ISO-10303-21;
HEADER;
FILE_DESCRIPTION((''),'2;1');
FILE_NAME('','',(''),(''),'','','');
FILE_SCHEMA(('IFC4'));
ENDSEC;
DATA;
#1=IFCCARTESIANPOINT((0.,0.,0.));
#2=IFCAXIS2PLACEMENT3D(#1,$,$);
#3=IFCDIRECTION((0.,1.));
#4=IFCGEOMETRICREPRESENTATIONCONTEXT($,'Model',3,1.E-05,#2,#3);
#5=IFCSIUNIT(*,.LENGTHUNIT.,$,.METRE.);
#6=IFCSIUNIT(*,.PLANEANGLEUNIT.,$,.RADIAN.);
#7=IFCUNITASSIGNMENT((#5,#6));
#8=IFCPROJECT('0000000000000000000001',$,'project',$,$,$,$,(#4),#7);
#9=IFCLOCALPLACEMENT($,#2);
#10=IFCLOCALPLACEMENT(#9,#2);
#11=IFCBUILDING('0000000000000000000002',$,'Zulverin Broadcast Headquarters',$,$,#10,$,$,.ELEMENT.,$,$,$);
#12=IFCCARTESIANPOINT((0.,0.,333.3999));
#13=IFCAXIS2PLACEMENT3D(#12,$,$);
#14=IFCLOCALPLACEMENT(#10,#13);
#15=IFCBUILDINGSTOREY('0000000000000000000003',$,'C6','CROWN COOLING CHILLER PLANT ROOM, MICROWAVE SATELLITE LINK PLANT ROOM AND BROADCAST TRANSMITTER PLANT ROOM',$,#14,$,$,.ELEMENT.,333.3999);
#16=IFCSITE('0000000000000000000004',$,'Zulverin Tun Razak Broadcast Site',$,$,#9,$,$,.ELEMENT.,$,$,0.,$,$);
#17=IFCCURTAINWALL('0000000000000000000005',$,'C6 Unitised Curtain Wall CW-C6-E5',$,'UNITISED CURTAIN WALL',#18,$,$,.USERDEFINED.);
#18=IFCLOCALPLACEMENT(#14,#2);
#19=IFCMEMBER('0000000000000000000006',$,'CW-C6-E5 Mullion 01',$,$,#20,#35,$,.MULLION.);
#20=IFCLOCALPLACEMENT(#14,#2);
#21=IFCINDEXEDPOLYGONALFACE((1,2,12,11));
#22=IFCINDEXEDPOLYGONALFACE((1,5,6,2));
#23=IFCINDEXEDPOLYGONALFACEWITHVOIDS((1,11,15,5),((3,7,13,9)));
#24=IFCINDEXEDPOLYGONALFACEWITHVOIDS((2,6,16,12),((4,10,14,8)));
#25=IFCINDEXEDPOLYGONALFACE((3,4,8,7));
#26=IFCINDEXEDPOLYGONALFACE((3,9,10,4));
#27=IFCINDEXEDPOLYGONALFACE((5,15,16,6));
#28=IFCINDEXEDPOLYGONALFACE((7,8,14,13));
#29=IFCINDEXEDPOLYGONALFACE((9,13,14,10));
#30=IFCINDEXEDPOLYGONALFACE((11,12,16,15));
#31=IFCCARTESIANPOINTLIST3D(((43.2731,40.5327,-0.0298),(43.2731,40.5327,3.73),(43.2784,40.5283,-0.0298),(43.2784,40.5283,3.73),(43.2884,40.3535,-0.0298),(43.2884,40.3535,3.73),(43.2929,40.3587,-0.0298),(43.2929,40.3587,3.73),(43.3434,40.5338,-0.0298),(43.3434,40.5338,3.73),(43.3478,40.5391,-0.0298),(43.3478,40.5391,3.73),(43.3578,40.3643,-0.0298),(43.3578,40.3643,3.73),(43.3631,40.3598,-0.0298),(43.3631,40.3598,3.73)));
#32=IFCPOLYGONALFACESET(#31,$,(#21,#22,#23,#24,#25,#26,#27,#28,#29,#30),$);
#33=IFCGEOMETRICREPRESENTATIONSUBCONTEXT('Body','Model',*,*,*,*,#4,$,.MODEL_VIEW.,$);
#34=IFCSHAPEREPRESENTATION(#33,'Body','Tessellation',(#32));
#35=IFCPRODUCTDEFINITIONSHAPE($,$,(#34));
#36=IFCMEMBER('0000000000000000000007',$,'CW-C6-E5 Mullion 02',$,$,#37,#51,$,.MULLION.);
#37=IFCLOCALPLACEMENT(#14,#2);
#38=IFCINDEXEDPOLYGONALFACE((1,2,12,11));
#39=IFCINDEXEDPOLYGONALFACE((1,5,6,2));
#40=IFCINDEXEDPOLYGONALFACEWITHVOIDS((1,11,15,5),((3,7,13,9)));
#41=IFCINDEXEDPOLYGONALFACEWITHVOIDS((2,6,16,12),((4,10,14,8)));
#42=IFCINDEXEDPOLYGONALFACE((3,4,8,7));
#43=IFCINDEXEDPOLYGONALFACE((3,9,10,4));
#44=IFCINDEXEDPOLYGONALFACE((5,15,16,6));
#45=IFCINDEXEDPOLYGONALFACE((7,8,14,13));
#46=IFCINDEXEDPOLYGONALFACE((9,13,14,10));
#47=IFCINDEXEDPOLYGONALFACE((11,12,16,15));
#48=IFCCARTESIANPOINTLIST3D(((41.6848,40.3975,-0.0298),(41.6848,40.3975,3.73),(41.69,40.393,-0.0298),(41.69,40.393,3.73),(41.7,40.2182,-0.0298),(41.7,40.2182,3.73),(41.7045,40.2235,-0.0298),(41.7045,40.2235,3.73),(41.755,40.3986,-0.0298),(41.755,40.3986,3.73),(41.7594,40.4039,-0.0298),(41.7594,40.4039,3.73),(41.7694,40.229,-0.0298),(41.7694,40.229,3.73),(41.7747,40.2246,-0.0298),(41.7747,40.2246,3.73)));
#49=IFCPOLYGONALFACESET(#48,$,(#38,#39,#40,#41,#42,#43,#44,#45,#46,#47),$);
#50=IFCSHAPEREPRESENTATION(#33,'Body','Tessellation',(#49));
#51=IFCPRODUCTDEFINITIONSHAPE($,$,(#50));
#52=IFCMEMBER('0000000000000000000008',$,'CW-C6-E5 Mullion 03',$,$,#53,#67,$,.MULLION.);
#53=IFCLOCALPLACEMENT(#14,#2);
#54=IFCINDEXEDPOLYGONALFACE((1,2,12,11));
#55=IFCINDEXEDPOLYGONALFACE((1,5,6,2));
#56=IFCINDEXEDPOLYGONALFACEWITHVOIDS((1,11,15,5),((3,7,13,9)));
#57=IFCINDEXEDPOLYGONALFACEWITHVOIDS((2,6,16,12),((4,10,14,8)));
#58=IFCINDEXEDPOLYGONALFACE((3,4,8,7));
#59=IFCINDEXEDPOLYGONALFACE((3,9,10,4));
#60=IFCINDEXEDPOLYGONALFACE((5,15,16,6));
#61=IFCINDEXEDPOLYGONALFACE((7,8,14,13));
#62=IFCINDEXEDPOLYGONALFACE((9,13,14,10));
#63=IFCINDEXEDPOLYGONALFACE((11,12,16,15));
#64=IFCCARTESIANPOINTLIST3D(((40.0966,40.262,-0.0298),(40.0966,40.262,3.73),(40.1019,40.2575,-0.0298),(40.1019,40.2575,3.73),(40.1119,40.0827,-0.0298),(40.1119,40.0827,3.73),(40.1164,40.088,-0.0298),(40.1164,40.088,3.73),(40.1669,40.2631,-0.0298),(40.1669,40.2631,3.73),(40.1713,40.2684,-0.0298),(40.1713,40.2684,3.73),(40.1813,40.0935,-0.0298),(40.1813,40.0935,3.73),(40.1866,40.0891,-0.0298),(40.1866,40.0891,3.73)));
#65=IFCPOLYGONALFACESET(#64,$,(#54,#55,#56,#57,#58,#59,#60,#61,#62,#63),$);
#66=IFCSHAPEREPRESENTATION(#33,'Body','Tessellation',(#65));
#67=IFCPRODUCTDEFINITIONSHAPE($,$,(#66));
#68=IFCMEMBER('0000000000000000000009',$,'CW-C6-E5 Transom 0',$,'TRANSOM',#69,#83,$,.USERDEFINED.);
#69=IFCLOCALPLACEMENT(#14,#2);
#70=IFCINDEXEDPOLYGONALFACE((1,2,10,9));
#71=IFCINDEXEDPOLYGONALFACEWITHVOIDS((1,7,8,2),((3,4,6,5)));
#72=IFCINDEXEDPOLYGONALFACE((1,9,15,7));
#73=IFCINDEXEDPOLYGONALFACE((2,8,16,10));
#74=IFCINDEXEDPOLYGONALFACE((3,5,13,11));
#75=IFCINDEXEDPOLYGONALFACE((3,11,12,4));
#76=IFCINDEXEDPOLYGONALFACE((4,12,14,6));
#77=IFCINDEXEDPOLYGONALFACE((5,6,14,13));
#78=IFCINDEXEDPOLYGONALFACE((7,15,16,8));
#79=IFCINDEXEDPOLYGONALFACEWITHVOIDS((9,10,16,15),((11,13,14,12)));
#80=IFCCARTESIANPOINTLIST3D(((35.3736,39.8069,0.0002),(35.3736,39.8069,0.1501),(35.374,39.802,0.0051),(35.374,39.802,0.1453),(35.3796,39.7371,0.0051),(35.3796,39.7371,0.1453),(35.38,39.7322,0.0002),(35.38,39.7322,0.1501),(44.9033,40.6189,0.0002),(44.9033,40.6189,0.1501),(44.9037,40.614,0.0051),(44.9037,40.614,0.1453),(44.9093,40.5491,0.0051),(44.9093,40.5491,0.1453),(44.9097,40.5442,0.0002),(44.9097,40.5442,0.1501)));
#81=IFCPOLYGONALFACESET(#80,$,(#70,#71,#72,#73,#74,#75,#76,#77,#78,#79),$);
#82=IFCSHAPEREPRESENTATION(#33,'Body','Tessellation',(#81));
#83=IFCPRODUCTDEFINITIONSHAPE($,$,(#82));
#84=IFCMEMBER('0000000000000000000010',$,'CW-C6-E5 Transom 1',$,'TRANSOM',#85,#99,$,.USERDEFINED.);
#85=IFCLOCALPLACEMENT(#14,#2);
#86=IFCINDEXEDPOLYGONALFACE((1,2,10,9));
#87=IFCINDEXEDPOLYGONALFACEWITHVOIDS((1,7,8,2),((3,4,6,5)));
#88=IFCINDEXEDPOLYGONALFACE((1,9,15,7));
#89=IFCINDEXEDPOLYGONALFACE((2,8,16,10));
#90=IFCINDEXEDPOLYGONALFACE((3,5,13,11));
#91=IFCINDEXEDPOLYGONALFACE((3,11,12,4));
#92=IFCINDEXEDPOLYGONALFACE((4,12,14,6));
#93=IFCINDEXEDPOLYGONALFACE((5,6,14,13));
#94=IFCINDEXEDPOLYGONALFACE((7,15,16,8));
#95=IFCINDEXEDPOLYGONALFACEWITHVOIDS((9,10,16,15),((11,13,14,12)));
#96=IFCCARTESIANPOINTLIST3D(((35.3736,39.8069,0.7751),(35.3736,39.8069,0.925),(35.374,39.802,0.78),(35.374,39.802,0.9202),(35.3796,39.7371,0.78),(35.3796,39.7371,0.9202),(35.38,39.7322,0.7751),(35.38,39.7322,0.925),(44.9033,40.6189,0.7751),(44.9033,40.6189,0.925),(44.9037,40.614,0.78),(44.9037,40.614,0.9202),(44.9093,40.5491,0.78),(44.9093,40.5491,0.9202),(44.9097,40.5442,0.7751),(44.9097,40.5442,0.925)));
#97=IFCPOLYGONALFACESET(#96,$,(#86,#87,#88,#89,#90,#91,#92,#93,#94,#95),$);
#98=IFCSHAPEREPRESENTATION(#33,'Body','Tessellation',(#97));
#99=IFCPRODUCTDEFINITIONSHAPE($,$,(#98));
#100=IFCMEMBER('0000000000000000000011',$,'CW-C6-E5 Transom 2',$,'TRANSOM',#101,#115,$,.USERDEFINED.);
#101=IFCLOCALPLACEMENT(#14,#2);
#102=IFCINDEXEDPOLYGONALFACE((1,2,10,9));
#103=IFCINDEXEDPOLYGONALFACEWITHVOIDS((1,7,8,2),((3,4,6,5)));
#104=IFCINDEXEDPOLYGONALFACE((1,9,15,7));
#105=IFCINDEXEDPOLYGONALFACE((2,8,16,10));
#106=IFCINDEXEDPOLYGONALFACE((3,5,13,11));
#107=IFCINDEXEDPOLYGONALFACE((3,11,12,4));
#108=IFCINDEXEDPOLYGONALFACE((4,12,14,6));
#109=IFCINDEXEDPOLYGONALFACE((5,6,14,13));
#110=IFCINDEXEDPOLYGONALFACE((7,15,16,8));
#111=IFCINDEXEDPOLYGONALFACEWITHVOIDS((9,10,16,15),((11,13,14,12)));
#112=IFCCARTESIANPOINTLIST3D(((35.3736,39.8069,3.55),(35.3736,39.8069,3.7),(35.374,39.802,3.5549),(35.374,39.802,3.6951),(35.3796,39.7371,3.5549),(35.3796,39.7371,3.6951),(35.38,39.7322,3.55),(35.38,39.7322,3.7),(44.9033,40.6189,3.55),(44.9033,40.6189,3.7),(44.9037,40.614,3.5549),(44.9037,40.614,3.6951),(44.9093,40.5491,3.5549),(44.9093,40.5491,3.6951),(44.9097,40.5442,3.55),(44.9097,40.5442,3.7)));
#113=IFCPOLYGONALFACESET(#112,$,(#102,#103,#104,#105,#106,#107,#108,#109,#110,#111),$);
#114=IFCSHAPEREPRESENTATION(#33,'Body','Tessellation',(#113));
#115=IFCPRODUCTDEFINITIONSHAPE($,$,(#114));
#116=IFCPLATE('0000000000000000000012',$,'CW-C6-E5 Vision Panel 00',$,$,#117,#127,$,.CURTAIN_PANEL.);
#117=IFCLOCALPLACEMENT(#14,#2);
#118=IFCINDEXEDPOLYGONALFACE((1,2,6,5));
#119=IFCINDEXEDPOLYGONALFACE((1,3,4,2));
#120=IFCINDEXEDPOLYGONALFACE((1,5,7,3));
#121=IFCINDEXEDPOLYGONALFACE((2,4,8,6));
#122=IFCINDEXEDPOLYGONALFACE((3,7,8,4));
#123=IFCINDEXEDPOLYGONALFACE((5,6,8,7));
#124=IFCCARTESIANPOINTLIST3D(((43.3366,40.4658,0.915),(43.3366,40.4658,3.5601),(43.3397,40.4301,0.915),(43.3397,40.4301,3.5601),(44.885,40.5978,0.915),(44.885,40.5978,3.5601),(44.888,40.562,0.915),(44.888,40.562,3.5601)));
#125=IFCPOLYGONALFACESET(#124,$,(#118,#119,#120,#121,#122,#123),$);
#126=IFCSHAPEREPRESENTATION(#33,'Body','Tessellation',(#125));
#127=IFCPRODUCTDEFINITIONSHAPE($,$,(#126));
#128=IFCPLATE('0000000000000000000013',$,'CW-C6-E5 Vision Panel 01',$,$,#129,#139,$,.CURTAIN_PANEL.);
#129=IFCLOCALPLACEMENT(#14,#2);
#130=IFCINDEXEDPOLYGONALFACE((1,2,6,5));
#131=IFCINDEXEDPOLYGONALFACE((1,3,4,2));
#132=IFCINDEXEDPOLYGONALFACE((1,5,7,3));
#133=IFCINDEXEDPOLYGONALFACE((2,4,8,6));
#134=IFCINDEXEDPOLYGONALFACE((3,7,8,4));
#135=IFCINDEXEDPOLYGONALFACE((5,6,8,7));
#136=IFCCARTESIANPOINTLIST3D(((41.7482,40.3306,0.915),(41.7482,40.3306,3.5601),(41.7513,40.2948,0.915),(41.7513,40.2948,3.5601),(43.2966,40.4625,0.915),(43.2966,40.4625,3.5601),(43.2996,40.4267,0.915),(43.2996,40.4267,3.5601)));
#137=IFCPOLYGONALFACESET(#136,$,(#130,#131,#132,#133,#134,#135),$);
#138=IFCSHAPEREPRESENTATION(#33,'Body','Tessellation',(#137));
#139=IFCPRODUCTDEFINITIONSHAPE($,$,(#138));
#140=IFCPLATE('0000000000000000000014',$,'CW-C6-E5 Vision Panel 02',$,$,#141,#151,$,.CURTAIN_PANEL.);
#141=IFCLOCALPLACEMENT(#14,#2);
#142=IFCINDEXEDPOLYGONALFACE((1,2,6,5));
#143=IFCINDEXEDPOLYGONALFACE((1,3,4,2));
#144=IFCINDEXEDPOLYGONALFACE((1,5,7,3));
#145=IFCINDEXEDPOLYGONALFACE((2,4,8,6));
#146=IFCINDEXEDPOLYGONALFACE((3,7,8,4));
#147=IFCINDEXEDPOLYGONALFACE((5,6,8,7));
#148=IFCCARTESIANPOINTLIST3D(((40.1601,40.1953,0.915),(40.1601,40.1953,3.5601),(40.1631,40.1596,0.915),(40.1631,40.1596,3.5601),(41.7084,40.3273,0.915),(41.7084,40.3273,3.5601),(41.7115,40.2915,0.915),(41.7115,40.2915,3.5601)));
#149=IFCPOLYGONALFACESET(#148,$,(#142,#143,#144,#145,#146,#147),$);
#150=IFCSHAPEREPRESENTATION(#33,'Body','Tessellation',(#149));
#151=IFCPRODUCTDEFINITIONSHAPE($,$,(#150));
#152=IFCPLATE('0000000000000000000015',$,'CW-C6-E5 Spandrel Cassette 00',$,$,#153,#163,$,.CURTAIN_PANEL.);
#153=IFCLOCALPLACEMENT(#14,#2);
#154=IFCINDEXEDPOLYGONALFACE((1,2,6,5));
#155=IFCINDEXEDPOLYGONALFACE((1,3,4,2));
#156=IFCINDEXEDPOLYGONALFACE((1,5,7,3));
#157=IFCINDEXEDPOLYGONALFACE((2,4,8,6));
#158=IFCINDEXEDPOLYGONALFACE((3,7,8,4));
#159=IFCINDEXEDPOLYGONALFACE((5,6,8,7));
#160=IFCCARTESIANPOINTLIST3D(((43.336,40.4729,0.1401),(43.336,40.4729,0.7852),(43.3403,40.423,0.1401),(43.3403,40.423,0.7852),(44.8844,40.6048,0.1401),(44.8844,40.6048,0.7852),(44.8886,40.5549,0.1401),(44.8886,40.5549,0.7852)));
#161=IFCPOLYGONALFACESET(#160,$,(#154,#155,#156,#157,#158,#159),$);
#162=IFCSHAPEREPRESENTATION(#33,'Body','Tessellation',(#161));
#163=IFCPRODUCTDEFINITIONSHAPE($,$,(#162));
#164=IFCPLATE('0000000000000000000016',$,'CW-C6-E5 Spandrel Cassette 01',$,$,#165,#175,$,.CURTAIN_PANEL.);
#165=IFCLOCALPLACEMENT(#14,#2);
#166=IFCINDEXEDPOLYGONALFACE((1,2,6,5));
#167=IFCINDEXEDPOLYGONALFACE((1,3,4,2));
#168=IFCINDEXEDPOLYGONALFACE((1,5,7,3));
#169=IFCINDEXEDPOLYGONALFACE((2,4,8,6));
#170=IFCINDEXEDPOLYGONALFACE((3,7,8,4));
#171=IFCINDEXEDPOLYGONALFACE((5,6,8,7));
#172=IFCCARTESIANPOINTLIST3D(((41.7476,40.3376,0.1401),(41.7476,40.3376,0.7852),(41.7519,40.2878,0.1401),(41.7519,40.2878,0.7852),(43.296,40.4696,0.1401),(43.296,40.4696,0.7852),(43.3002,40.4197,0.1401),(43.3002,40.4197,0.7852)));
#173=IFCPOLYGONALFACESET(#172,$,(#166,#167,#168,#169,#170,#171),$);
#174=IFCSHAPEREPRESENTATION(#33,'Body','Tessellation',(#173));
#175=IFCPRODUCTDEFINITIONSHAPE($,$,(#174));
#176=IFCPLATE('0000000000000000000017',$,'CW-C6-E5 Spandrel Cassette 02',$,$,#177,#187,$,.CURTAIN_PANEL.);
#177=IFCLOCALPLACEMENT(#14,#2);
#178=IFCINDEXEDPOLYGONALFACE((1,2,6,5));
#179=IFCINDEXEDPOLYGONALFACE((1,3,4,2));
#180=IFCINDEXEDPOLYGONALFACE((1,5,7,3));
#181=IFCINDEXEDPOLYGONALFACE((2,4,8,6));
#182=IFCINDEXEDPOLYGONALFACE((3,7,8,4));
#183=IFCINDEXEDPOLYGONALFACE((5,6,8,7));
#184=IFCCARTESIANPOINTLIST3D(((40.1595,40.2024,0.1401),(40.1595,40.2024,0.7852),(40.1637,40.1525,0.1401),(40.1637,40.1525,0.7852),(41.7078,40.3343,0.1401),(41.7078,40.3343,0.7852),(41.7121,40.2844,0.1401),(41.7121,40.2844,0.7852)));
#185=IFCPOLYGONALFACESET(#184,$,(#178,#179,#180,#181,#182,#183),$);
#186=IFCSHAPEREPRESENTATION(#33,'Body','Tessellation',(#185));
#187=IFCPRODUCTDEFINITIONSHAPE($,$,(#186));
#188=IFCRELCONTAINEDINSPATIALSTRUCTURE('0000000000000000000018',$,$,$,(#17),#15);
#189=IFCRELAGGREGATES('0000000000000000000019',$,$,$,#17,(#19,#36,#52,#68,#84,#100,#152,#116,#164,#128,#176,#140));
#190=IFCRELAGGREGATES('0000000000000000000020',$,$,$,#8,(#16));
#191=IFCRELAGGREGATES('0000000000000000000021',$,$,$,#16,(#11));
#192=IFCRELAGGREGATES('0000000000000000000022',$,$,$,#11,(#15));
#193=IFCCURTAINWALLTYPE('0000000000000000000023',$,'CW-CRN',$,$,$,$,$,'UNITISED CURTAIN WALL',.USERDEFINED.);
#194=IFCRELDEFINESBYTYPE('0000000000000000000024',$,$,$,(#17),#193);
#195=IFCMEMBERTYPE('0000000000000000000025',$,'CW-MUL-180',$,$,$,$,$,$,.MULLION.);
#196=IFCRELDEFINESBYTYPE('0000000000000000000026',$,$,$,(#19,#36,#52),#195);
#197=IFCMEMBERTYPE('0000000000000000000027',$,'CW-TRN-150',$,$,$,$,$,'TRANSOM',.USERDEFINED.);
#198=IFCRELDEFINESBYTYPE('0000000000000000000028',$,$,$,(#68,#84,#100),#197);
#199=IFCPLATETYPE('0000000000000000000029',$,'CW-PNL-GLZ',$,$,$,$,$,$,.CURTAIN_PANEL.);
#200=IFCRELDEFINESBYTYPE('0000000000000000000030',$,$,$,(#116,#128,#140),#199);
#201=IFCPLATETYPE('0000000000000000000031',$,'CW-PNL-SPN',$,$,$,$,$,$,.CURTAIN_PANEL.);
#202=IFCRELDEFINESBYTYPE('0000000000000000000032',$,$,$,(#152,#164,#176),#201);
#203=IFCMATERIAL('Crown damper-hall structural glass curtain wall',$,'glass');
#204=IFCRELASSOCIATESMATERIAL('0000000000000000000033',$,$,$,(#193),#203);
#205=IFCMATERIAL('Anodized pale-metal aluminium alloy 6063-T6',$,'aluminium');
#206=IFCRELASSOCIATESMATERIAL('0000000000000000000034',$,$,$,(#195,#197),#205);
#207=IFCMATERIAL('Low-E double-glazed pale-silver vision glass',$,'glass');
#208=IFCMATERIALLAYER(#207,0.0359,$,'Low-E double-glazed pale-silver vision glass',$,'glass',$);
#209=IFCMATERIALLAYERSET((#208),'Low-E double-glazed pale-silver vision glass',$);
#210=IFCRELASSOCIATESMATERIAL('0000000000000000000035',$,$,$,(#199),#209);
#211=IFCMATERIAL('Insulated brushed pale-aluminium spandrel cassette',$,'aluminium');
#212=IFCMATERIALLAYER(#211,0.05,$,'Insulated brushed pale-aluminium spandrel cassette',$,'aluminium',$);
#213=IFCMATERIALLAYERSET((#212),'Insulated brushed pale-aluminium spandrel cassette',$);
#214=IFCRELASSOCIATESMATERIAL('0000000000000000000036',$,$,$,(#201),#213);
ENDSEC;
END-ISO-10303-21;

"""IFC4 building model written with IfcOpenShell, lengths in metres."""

from ifc_helpers import new_model, si_unit, direction, frame, origin, origin_2d, place, context, subcontext, project, spatial, rectangle, hollow_rectangle, extrude, material, layer, layer_set, material_profile, profile_set, type_object, element, aggregate, save


model = new_model("IFC4")

# Units and contexts
model_context = context("Model", 3, precision=1e-05, world=origin(), true_north=direction((0.0, 1.0)))
body_context = subcontext(model_context, "Body", "Model", "MODEL_VIEW")
ifc_project = project(units=[si_unit("LENGTHUNIT", "METRE"), si_unit("PLANEANGLEUNIT", "RADIAN")], contexts=[model_context])

# Site, building, storey
site_placement = place(None, origin())
site = spatial("IfcSite", under=ifc_project, at=site_placement, Name="Zulverin Tun Razak Broadcast Site", CompositionType="ELEMENT", RefElevation=0.0)
building_placement = place(site_placement, origin())
building = spatial("IfcBuilding", under=site, at=building_placement, Name="Zulverin Broadcast Headquarters", CompositionType="ELEMENT")
storey_placement = place(building_placement, frame((0.0, 0.0, 333.3999)))
storey = spatial("IfcBuildingStorey", under=building, at=storey_placement, Name="C6", Description="CROWN COOLING CHILLER PLANT ROOM, MICROWAVE SATELLITE LINK PLANT ROOM AND BROADCAST TRANSMITTER PLANT ROOM", CompositionType="ELEMENT", Elevation=333.3999)

# Curtain wall, members, plates
ifc_material_1 = material(Name="Crown damper-hall structural glass curtain wall", Category="glass")
curtain_wall_type = type_object("IfcCurtainWallType", Name="CW-CRN", ElementType="UNITISED CURTAIN WALL", PredefinedType="USERDEFINED", material=ifc_material_1)
curtain_wall_placement = place(storey_placement, origin())
curtain_wall = element("IfcCurtainWall", 1, at=curtain_wall_placement, inside=storey, type_object=curtain_wall_type, Name="C6 Unitised Curtain Wall CW-C6-E5", ObjectType="UNITISED CURTAIN WALL", PredefinedType="USERDEFINED")
ifc_material_2 = material(Name="Anodized pale-metal aluminium alloy 6063-T6", Category="aluminium")
ifc_material_profile_1 = material_profile(ifc_material_2, hollow_rectangle(XDim=0.075, YDim=0.1799, WallThickness=0.0049, at=origin_2d()), Name="Anodized pale-metal aluminium alloy 6063-T6", Category="aluminium")
ifc_profile_set_1 = profile_set([ifc_material_profile_1], Name="Anodized pale-metal aluminium alloy 6063-T6")
member_type_1 = type_object("IfcMemberType", Name="CW-MUL-180", PredefinedType="MULLION", material=ifc_profile_set_1)
member_1_placement = place(storey_placement, frame((43.3181, 40.4463, -0.0298), z_axis=(0.0, 0.0, 1.0), x_axis=(-0.996389, -0.0849, 0.0)))
member_1 = element("IfcMember", 2, at=member_1_placement, type_object=member_type_1, Name="CW-C6-E5 Mullion 01", PredefinedType="MULLION", context=body_context, shape_type="SweptSolid", body=[
    extrude(hollow_rectangle(XDim=0.075, YDim=0.1799, WallThickness=0.0049, at=origin_2d()), origin(), (0.0, 0.0, 1.0), 3.7598),
])
member_2_placement = place(storey_placement, frame((41.7297, 40.311, -0.0298), z_axis=(0.0, 0.0, 1.0), x_axis=(-0.996389, -0.0849, 0.0)))
member_2 = element("IfcMember", 3, at=member_2_placement, type_object=member_type_1, Name="CW-C6-E5 Mullion 02", PredefinedType="MULLION", context=body_context, shape_type="SweptSolid", body=[
    extrude(hollow_rectangle(XDim=0.075, YDim=0.1799, WallThickness=0.0049, at=origin_2d()), origin(), (0.0, 0.0, 1.0), 3.7598),
])
member_3_placement = place(storey_placement, frame((40.1416, 40.1755, -0.0298), z_axis=(0.0, 0.0, 1.0), x_axis=(-0.996389, -0.0849, 0.0)))
member_3 = element("IfcMember", 4, at=member_3_placement, type_object=member_type_1, Name="CW-C6-E5 Mullion 03", PredefinedType="MULLION", context=body_context, shape_type="SweptSolid", body=[
    extrude(hollow_rectangle(XDim=0.075, YDim=0.1799, WallThickness=0.0049, at=origin_2d()), origin(), (0.0, 0.0, 1.0), 3.7598),
])
ifc_material_profile_2 = material_profile(ifc_material_2, hollow_rectangle(XDim=0.075, YDim=0.1499, WallThickness=0.0049, at=origin_2d()), Name="Anodized pale-metal aluminium alloy 6063-T6", Category="aluminium")
ifc_profile_set_2 = profile_set([ifc_material_profile_2], Name="Anodized pale-metal aluminium alloy 6063-T6")
member_type_2 = type_object("IfcMemberType", Name="CW-TRN-150", ElementType="TRANSOM", PredefinedType="USERDEFINED", material=ifc_profile_set_2)
member_4_placement = place(storey_placement, frame((44.9065, 40.5815, 0.0752), z_axis=(-0.996389, -0.0849, 0.0), x_axis=(0.0849, -0.996389, 0.0)))
member_4 = element("IfcMember", 5, at=member_4_placement, type_object=member_type_2, Name="CW-C6-E5 Transom 0", ObjectType="TRANSOM", PredefinedType="USERDEFINED", context=body_context, shape_type="SweptSolid", body=[
    extrude(hollow_rectangle(XDim=0.075, YDim=0.1499, WallThickness=0.0049, at=origin_2d()), origin(), (0.0, 0.0, 1.0), 9.5642),
])
member_5_placement = place(storey_placement, frame((44.9065, 40.5815, 0.8501), z_axis=(-0.996389, -0.0849, 0.0), x_axis=(0.0849, -0.996389, 0.0)))
member_5 = element("IfcMember", 6, at=member_5_placement, type_object=member_type_2, Name="CW-C6-E5 Transom 1", ObjectType="TRANSOM", PredefinedType="USERDEFINED", context=body_context, shape_type="SweptSolid", body=[
    extrude(hollow_rectangle(XDim=0.075, YDim=0.1499, WallThickness=0.0049, at=origin_2d()), origin(), (0.0, 0.0, 1.0), 9.5642),
])
member_6_placement = place(storey_placement, frame((44.9065, 40.5815, 3.625), z_axis=(-0.996389, -0.0849, 0.0), x_axis=(0.0849, -0.996389, 0.0)))
member_6 = element("IfcMember", 7, at=member_6_placement, type_object=member_type_2, Name="CW-C6-E5 Transom 2", ObjectType="TRANSOM", PredefinedType="USERDEFINED", context=body_context, shape_type="SweptSolid", body=[
    extrude(hollow_rectangle(XDim=0.075, YDim=0.1499, WallThickness=0.0049, at=origin_2d()), origin(), (0.0, 0.0, 1.0), 9.5642),
])
ifc_material_3 = material(Name="Low-E double-glazed pale-silver vision glass", Category="glass")
ifc_layer_1 = layer(ifc_material_3, 0.0359, Name="Low-E double-glazed pale-silver vision glass", Category="glass")
ifc_layer_set_1 = layer_set([ifc_layer_1], Name="Low-E double-glazed pale-silver vision glass")
plate_type_1 = type_object("IfcPlateType", Name="CW-PNL-GLZ", PredefinedType="CURTAIN_PANEL", material=ifc_layer_set_1)
plate_1_placement = place(storey_placement, frame((44.1123, 40.5139, 0.915), z_axis=(0.0, 0.0, 1.0), x_axis=(-0.996389, -0.0849, 0.0)))
plate_1 = element("IfcPlate", 8, at=plate_1_placement, type_object=plate_type_1, Name="CW-C6-E5 Vision Panel 00", PredefinedType="CURTAIN_PANEL", context=body_context, shape_type="SweptSolid", body=[
    extrude(rectangle(XDim=1.554, YDim=0.0359, at=origin_2d()), origin(), (0.0, 0.0, 1.0), 2.645),
])
plate_2_placement = place(storey_placement, frame((42.5239, 40.3787, 0.915), z_axis=(0.0, 0.0, 1.0), x_axis=(-0.996389, -0.0849, 0.0)))
plate_2 = element("IfcPlate", 9, at=plate_2_placement, type_object=plate_type_1, Name="CW-C6-E5 Vision Panel 01", PredefinedType="CURTAIN_PANEL", context=body_context, shape_type="SweptSolid", body=[
    extrude(rectangle(XDim=1.554, YDim=0.0359, at=origin_2d()), origin(), (0.0, 0.0, 1.0), 2.645),
])
plate_3_placement = place(storey_placement, frame((40.9358, 40.2434, 0.915), z_axis=(0.0, 0.0, 1.0), x_axis=(-0.996389, -0.0849, 0.0)))
plate_3 = element("IfcPlate", 10, at=plate_3_placement, type_object=plate_type_1, Name="CW-C6-E5 Vision Panel 02", PredefinedType="CURTAIN_PANEL", context=body_context, shape_type="SweptSolid", body=[
    extrude(rectangle(XDim=1.554, YDim=0.0359, at=origin_2d()), origin(), (0.0, 0.0, 1.0), 2.645),
])
ifc_material_4 = material(Name="Insulated brushed pale-aluminium spandrel cassette", Category="aluminium")
ifc_layer_2 = layer(ifc_material_4, 0.05, Name="Insulated brushed pale-aluminium spandrel cassette", Category="aluminium")
ifc_layer_set_2 = layer_set([ifc_layer_2], Name="Insulated brushed pale-aluminium spandrel cassette")
plate_type_2 = type_object("IfcPlateType", Name="CW-PNL-SPN", PredefinedType="CURTAIN_PANEL", material=ifc_layer_set_2)
plate_4_placement = place(storey_placement, frame((44.1123, 40.5139, 0.1401), z_axis=(0.0, 0.0, 1.0), x_axis=(-0.996389, -0.0849, 0.0)))
plate_4 = element("IfcPlate", 11, at=plate_4_placement, type_object=plate_type_2, Name="CW-C6-E5 Spandrel Cassette 00", PredefinedType="CURTAIN_PANEL", context=body_context, shape_type="SweptSolid", body=[
    extrude(rectangle(XDim=1.554, YDim=0.05, at=origin_2d()), origin(), (0.0, 0.0, 1.0), 0.645),
])
plate_5_placement = place(storey_placement, frame((42.5239, 40.3787, 0.1401), z_axis=(0.0, 0.0, 1.0), x_axis=(-0.996389, -0.0849, 0.0)))
plate_5 = element("IfcPlate", 12, at=plate_5_placement, type_object=plate_type_2, Name="CW-C6-E5 Spandrel Cassette 01", PredefinedType="CURTAIN_PANEL", context=body_context, shape_type="SweptSolid", body=[
    extrude(rectangle(XDim=1.554, YDim=0.05, at=origin_2d()), origin(), (0.0, 0.0, 1.0), 0.645),
])
plate_6_placement = place(storey_placement, frame((40.9358, 40.2434, 0.1401), z_axis=(0.0, 0.0, 1.0), x_axis=(-0.996389, -0.0849, 0.0)))
plate_6 = element("IfcPlate", 13, at=plate_6_placement, type_object=plate_type_2, Name="CW-C6-E5 Spandrel Cassette 02", PredefinedType="CURTAIN_PANEL", context=body_context, shape_type="SweptSolid", body=[
    extrude(rectangle(XDim=1.554, YDim=0.05, at=origin_2d()), origin(), (0.0, 0.0, 1.0), 0.645),
])
aggregate(curtain_wall, [member_1, member_2, member_3, member_4, member_5, member_6, plate_4, plate_1, plate_5, plate_2, plate_6, plate_3])

save(model, "model.ifc")
